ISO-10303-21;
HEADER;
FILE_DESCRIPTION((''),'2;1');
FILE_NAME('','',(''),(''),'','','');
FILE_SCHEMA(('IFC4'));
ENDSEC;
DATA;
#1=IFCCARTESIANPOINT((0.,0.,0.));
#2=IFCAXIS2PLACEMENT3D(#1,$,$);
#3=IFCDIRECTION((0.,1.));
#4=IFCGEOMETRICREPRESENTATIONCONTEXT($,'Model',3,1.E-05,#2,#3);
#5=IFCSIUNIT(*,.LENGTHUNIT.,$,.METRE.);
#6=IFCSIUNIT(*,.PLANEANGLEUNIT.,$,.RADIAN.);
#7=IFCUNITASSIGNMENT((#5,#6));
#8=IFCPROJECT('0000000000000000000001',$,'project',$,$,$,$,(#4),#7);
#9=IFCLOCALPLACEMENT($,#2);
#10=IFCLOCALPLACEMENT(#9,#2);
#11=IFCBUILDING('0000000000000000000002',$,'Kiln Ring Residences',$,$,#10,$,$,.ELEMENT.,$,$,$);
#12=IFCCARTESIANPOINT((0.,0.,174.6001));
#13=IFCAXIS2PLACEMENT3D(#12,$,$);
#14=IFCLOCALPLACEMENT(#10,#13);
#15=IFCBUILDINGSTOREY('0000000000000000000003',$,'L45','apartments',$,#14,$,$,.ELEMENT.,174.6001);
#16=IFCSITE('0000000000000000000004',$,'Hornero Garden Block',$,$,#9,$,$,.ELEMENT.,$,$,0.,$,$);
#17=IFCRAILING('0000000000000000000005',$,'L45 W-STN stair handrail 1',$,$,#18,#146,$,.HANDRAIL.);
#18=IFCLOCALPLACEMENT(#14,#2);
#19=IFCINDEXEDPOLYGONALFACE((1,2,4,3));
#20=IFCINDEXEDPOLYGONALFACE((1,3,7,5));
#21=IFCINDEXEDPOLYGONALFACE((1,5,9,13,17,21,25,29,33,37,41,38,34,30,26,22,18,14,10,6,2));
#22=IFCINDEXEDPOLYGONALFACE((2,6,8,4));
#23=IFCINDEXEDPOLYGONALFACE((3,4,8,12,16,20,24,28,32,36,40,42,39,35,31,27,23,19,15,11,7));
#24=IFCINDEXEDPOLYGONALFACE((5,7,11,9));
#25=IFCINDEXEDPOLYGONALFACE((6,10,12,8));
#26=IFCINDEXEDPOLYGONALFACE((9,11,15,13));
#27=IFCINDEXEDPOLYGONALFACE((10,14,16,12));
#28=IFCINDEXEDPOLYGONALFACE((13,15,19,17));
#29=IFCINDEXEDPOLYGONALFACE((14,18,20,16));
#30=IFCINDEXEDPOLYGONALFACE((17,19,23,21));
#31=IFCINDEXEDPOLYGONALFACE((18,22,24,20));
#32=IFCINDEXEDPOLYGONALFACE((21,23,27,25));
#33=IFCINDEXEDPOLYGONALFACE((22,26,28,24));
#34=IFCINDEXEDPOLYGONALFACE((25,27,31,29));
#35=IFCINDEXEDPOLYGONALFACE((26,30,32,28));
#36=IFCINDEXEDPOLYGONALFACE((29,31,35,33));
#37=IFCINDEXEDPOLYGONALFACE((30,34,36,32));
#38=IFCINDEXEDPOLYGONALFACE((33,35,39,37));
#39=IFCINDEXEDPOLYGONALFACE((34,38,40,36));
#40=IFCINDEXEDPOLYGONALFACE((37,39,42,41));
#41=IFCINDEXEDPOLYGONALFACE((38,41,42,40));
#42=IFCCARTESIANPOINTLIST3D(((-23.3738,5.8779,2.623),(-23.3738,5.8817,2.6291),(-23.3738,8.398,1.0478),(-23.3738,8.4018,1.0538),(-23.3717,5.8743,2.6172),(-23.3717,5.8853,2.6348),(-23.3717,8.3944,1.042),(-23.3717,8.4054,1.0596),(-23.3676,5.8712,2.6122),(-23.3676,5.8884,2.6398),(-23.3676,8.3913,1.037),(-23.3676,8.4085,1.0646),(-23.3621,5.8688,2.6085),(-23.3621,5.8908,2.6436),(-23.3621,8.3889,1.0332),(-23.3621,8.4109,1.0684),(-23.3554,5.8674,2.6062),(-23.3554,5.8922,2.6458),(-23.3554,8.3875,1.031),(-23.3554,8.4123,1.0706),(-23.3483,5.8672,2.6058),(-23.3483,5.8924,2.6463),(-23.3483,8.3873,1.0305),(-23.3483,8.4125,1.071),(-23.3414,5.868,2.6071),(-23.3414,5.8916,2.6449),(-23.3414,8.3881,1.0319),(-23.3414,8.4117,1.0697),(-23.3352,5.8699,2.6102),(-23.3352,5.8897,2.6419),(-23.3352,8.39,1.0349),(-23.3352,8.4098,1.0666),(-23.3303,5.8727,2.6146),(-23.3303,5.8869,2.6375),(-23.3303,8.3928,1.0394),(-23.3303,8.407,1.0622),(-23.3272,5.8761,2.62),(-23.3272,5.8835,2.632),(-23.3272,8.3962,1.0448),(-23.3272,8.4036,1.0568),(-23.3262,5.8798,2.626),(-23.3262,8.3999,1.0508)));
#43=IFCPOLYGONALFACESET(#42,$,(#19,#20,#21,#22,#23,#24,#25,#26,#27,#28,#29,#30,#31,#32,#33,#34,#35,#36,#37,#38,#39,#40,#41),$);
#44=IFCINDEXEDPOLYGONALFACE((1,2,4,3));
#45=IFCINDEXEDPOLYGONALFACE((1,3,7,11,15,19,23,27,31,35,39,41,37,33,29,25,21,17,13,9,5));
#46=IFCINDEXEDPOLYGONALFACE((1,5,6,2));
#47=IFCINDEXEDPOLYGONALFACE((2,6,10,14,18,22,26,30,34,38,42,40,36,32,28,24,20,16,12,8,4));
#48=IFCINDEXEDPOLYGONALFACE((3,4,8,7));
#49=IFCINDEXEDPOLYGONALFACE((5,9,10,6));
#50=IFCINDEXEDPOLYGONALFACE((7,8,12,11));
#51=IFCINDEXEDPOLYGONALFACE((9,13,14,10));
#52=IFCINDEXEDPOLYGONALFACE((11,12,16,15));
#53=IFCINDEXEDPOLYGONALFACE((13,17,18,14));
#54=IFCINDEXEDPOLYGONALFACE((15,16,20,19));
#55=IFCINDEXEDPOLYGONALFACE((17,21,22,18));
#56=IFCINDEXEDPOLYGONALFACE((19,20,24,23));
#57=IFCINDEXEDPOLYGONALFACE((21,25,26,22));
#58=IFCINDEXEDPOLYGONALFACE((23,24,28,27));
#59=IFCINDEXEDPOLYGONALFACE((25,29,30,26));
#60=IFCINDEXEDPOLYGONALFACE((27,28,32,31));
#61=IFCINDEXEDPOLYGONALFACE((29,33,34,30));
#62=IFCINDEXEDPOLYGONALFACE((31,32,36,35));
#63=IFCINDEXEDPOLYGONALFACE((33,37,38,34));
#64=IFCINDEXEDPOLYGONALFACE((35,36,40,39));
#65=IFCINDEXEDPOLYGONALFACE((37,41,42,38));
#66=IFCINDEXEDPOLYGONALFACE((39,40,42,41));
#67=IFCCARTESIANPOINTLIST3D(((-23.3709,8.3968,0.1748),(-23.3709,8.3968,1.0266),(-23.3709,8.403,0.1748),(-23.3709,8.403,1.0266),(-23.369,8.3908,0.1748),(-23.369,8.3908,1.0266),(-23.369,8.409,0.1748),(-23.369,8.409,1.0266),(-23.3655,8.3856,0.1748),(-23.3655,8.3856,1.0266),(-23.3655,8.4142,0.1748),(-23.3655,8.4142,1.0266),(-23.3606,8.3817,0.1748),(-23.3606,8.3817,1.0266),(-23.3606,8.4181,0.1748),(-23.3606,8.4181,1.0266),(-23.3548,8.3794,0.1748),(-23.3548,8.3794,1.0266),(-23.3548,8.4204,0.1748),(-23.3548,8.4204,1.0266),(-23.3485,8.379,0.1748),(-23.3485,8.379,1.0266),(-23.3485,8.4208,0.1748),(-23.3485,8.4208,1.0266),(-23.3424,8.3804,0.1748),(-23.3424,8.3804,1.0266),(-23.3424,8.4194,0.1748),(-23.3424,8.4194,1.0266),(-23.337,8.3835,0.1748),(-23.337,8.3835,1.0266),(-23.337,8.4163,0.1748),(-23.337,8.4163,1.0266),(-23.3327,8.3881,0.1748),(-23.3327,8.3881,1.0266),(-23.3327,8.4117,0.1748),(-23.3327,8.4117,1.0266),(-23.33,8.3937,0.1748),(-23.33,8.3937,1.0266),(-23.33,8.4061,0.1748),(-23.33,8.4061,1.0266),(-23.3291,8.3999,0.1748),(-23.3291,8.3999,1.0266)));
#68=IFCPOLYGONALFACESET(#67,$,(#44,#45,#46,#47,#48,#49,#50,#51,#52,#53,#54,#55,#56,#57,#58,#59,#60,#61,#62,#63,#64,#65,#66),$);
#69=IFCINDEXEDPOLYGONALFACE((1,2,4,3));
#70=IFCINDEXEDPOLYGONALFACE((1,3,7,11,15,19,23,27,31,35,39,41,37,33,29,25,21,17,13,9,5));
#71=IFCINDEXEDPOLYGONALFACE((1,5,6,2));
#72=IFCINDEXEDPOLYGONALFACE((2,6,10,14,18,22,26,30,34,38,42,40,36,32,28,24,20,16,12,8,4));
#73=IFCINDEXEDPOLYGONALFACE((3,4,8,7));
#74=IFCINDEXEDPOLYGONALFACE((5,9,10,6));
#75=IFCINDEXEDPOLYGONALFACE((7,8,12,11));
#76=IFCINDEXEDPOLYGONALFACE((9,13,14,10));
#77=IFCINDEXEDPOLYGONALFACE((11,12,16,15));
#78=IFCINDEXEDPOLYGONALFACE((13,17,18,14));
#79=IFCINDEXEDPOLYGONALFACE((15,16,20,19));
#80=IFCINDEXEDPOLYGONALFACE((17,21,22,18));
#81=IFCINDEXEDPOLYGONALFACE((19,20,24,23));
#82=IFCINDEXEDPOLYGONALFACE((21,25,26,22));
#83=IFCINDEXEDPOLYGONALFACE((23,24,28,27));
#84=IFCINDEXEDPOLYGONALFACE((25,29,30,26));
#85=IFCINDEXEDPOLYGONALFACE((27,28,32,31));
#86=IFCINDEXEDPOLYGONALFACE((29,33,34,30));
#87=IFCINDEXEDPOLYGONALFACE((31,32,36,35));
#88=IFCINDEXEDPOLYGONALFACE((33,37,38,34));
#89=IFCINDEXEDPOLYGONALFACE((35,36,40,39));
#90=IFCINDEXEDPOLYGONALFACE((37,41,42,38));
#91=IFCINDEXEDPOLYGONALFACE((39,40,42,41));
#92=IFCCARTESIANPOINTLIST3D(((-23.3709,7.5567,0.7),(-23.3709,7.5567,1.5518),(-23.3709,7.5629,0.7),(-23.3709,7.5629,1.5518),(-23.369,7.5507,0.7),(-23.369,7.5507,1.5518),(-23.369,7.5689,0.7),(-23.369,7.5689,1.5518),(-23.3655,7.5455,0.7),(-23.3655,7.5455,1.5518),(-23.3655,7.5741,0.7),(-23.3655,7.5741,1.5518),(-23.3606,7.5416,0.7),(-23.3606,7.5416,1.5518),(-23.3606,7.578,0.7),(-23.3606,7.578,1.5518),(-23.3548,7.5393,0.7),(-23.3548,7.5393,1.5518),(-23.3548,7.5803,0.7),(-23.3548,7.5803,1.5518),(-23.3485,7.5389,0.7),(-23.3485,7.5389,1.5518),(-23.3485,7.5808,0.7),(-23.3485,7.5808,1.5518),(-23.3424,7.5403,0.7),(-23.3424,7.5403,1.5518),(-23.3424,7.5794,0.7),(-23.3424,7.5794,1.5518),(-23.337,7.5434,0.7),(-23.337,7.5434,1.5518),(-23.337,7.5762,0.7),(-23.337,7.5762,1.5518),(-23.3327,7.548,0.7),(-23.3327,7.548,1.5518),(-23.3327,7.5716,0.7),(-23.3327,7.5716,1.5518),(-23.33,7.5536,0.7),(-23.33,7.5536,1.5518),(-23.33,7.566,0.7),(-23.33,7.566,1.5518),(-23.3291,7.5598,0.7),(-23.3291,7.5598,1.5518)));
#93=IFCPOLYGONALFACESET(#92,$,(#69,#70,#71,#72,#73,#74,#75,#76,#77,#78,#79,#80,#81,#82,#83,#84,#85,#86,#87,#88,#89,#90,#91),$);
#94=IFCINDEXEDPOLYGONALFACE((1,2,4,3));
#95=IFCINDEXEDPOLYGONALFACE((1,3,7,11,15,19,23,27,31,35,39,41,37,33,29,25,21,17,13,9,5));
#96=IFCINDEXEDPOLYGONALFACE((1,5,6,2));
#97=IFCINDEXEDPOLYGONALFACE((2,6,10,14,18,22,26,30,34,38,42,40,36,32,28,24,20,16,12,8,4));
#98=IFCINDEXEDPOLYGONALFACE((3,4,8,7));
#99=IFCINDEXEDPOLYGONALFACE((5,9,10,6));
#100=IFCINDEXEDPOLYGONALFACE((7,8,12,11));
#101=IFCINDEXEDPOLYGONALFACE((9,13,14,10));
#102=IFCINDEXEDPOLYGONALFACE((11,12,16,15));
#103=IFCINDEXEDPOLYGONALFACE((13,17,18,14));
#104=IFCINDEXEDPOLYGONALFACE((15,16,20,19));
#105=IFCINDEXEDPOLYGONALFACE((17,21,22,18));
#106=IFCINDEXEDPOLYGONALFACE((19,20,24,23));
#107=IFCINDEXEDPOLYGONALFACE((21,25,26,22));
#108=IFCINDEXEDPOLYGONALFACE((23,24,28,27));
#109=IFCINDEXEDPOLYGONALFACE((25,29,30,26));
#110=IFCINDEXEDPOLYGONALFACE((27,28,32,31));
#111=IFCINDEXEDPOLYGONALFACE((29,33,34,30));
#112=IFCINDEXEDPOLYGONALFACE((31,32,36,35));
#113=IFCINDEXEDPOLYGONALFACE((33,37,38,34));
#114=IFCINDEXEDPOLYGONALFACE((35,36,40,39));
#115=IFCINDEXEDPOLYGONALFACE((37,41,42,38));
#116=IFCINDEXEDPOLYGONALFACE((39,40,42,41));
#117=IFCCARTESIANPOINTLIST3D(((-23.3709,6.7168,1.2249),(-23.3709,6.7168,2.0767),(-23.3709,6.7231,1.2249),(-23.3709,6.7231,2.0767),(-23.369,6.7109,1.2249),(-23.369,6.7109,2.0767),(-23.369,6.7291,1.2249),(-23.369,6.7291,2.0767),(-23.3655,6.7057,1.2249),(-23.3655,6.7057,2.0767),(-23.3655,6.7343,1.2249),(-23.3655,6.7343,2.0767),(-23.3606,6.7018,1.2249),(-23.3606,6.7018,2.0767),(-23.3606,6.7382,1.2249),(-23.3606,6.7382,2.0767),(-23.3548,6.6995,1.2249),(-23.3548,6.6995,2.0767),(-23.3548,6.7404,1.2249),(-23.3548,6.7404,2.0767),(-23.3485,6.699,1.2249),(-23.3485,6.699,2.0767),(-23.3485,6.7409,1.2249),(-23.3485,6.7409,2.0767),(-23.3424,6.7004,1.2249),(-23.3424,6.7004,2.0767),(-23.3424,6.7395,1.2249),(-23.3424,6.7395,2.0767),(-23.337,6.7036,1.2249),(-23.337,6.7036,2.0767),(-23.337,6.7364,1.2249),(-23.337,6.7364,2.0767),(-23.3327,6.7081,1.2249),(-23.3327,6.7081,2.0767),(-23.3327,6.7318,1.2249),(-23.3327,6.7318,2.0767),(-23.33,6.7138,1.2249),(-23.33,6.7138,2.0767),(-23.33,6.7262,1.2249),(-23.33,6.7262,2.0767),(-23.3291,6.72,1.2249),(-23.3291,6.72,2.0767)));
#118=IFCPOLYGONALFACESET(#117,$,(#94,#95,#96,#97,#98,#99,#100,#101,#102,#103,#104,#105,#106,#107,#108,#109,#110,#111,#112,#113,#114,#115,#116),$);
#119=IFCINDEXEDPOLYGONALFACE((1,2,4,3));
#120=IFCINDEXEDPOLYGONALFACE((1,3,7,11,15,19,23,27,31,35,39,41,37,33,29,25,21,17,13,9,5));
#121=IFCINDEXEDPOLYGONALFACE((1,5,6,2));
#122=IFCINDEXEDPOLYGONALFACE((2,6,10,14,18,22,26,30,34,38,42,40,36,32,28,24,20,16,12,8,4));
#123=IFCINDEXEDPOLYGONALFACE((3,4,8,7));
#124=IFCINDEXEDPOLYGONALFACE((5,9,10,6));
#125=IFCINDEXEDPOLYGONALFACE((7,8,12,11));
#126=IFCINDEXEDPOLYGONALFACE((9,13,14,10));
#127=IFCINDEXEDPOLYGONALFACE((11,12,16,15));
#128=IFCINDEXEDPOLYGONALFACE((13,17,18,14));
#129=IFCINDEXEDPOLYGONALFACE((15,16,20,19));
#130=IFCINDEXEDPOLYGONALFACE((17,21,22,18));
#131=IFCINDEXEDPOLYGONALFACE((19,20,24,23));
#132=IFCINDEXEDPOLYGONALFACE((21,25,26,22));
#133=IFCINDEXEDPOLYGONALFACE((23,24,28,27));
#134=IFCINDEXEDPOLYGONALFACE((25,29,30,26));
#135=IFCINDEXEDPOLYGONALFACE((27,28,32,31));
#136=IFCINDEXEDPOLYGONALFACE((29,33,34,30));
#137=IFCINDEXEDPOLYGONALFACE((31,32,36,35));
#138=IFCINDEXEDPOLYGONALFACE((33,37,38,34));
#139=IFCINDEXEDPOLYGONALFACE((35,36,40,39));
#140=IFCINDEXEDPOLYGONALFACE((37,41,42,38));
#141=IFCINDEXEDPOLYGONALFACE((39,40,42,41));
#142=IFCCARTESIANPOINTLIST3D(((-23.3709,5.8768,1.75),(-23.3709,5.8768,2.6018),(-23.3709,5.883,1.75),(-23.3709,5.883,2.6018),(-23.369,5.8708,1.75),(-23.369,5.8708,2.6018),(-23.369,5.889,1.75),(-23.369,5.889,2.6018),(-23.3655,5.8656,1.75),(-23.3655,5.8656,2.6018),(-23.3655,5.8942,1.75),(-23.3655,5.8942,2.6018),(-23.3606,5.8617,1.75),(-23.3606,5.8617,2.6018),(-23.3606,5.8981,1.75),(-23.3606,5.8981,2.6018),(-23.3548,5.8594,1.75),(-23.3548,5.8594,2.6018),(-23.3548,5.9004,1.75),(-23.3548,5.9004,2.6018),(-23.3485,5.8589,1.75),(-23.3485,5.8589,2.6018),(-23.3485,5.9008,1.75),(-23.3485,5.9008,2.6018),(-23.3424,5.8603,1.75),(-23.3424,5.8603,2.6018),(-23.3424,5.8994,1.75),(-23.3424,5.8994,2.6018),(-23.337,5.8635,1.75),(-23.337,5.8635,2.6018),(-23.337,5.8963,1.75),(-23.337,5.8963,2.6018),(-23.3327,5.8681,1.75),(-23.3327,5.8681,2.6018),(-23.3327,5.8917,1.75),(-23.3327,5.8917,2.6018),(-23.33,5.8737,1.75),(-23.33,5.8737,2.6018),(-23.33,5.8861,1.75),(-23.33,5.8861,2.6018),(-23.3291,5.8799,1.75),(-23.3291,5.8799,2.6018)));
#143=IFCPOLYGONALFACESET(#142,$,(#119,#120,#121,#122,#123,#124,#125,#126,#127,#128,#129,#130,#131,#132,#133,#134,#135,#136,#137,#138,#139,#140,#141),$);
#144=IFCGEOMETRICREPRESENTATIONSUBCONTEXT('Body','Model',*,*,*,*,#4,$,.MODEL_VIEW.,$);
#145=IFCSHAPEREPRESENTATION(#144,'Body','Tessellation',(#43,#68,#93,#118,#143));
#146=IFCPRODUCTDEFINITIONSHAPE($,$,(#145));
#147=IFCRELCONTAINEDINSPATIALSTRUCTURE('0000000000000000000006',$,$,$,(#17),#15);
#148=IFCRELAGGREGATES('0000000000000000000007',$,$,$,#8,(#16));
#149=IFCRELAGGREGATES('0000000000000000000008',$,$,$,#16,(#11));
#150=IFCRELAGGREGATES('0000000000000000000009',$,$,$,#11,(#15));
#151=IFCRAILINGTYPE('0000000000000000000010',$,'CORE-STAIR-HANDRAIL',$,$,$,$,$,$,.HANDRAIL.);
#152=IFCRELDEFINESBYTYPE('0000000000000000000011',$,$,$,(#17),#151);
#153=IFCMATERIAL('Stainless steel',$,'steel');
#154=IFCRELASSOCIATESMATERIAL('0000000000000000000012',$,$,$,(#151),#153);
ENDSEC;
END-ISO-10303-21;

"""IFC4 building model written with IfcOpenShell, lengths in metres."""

from ifc_helpers import new_model, si_unit, direction, frame, origin, origin_2d, place, context, subcontext, project, spatial, circle, extrude, material, type_object, element, save


model = new_model("IFC4")

# Units and contexts
model_context = context("Model", 3, precision=1e-05, world=origin(), true_north=direction((0.0, 1.0)))
body_context = subcontext(model_context, "Body", "Model", "MODEL_VIEW")
ifc_project = project(units=[si_unit("LENGTHUNIT", "METRE"), si_unit("PLANEANGLEUNIT", "RADIAN")], contexts=[model_context])

# Site, building, storey
site_placement = place(None, origin())
site = spatial("IfcSite", under=ifc_project, at=site_placement, Name="Hornero Garden Block", CompositionType="ELEMENT", RefElevation=0.0)
building_placement = place(site_placement, origin())
building = spatial("IfcBuilding", under=site, at=building_placement, Name="Kiln Ring Residences", CompositionType="ELEMENT")
storey_placement = place(building_placement, frame((0.0, 0.0, 174.6001)))
storey = spatial("IfcBuildingStorey", under=building, at=storey_placement, Name="L45", Description="apartments", CompositionType="ELEMENT", Elevation=174.6001)

# Railing
ifc_material_1 = material(Name="Stainless steel", Category="steel")
railing_type_1 = type_object("IfcRailingType", Name="CORE-STAIR-HANDRAIL", PredefinedType="HANDRAIL", material=ifc_material_1)
railing_1_placement = place(storey_placement, frame((-23.3501, 8.3999, 0.1748)))
element("IfcRailing", 1, at=railing_1_placement, inside=storey, type_object=railing_type_1, Name="L45 W-STN stair handrail 1", PredefinedType="HANDRAIL", context=body_context, shape_type="SweptSolid", body=[
    extrude(circle(Radius=0.0239, at=origin_2d()), frame((0.0, 0.0, 0.876), z_axis=(0.0, -0.847971, 0.530043), x_axis=(1.0, 0.0, 0.0)), (0.0, 0.0, 1.0), 2.9719),
    extrude(circle(Radius=0.021, at=origin_2d()), origin(), (0.0, 0.0, 1.0), 0.8518),
    extrude(circle(Radius=0.021, at=origin_2d()), frame((0.0, -0.8401, 0.5251)), (0.0, 0.0, 1.0), 0.8518),
    extrude(circle(Radius=0.021, at=origin_2d()), frame((0.0, -1.6799, 1.05)), (0.0, 0.0, 1.0), 0.8518),
    extrude(circle(Radius=0.021, at=origin_2d()), frame((0.0, -2.52, 1.5752)), (0.0, 0.0, 1.0), 0.8518),
])

save(model, "model.ifc")
